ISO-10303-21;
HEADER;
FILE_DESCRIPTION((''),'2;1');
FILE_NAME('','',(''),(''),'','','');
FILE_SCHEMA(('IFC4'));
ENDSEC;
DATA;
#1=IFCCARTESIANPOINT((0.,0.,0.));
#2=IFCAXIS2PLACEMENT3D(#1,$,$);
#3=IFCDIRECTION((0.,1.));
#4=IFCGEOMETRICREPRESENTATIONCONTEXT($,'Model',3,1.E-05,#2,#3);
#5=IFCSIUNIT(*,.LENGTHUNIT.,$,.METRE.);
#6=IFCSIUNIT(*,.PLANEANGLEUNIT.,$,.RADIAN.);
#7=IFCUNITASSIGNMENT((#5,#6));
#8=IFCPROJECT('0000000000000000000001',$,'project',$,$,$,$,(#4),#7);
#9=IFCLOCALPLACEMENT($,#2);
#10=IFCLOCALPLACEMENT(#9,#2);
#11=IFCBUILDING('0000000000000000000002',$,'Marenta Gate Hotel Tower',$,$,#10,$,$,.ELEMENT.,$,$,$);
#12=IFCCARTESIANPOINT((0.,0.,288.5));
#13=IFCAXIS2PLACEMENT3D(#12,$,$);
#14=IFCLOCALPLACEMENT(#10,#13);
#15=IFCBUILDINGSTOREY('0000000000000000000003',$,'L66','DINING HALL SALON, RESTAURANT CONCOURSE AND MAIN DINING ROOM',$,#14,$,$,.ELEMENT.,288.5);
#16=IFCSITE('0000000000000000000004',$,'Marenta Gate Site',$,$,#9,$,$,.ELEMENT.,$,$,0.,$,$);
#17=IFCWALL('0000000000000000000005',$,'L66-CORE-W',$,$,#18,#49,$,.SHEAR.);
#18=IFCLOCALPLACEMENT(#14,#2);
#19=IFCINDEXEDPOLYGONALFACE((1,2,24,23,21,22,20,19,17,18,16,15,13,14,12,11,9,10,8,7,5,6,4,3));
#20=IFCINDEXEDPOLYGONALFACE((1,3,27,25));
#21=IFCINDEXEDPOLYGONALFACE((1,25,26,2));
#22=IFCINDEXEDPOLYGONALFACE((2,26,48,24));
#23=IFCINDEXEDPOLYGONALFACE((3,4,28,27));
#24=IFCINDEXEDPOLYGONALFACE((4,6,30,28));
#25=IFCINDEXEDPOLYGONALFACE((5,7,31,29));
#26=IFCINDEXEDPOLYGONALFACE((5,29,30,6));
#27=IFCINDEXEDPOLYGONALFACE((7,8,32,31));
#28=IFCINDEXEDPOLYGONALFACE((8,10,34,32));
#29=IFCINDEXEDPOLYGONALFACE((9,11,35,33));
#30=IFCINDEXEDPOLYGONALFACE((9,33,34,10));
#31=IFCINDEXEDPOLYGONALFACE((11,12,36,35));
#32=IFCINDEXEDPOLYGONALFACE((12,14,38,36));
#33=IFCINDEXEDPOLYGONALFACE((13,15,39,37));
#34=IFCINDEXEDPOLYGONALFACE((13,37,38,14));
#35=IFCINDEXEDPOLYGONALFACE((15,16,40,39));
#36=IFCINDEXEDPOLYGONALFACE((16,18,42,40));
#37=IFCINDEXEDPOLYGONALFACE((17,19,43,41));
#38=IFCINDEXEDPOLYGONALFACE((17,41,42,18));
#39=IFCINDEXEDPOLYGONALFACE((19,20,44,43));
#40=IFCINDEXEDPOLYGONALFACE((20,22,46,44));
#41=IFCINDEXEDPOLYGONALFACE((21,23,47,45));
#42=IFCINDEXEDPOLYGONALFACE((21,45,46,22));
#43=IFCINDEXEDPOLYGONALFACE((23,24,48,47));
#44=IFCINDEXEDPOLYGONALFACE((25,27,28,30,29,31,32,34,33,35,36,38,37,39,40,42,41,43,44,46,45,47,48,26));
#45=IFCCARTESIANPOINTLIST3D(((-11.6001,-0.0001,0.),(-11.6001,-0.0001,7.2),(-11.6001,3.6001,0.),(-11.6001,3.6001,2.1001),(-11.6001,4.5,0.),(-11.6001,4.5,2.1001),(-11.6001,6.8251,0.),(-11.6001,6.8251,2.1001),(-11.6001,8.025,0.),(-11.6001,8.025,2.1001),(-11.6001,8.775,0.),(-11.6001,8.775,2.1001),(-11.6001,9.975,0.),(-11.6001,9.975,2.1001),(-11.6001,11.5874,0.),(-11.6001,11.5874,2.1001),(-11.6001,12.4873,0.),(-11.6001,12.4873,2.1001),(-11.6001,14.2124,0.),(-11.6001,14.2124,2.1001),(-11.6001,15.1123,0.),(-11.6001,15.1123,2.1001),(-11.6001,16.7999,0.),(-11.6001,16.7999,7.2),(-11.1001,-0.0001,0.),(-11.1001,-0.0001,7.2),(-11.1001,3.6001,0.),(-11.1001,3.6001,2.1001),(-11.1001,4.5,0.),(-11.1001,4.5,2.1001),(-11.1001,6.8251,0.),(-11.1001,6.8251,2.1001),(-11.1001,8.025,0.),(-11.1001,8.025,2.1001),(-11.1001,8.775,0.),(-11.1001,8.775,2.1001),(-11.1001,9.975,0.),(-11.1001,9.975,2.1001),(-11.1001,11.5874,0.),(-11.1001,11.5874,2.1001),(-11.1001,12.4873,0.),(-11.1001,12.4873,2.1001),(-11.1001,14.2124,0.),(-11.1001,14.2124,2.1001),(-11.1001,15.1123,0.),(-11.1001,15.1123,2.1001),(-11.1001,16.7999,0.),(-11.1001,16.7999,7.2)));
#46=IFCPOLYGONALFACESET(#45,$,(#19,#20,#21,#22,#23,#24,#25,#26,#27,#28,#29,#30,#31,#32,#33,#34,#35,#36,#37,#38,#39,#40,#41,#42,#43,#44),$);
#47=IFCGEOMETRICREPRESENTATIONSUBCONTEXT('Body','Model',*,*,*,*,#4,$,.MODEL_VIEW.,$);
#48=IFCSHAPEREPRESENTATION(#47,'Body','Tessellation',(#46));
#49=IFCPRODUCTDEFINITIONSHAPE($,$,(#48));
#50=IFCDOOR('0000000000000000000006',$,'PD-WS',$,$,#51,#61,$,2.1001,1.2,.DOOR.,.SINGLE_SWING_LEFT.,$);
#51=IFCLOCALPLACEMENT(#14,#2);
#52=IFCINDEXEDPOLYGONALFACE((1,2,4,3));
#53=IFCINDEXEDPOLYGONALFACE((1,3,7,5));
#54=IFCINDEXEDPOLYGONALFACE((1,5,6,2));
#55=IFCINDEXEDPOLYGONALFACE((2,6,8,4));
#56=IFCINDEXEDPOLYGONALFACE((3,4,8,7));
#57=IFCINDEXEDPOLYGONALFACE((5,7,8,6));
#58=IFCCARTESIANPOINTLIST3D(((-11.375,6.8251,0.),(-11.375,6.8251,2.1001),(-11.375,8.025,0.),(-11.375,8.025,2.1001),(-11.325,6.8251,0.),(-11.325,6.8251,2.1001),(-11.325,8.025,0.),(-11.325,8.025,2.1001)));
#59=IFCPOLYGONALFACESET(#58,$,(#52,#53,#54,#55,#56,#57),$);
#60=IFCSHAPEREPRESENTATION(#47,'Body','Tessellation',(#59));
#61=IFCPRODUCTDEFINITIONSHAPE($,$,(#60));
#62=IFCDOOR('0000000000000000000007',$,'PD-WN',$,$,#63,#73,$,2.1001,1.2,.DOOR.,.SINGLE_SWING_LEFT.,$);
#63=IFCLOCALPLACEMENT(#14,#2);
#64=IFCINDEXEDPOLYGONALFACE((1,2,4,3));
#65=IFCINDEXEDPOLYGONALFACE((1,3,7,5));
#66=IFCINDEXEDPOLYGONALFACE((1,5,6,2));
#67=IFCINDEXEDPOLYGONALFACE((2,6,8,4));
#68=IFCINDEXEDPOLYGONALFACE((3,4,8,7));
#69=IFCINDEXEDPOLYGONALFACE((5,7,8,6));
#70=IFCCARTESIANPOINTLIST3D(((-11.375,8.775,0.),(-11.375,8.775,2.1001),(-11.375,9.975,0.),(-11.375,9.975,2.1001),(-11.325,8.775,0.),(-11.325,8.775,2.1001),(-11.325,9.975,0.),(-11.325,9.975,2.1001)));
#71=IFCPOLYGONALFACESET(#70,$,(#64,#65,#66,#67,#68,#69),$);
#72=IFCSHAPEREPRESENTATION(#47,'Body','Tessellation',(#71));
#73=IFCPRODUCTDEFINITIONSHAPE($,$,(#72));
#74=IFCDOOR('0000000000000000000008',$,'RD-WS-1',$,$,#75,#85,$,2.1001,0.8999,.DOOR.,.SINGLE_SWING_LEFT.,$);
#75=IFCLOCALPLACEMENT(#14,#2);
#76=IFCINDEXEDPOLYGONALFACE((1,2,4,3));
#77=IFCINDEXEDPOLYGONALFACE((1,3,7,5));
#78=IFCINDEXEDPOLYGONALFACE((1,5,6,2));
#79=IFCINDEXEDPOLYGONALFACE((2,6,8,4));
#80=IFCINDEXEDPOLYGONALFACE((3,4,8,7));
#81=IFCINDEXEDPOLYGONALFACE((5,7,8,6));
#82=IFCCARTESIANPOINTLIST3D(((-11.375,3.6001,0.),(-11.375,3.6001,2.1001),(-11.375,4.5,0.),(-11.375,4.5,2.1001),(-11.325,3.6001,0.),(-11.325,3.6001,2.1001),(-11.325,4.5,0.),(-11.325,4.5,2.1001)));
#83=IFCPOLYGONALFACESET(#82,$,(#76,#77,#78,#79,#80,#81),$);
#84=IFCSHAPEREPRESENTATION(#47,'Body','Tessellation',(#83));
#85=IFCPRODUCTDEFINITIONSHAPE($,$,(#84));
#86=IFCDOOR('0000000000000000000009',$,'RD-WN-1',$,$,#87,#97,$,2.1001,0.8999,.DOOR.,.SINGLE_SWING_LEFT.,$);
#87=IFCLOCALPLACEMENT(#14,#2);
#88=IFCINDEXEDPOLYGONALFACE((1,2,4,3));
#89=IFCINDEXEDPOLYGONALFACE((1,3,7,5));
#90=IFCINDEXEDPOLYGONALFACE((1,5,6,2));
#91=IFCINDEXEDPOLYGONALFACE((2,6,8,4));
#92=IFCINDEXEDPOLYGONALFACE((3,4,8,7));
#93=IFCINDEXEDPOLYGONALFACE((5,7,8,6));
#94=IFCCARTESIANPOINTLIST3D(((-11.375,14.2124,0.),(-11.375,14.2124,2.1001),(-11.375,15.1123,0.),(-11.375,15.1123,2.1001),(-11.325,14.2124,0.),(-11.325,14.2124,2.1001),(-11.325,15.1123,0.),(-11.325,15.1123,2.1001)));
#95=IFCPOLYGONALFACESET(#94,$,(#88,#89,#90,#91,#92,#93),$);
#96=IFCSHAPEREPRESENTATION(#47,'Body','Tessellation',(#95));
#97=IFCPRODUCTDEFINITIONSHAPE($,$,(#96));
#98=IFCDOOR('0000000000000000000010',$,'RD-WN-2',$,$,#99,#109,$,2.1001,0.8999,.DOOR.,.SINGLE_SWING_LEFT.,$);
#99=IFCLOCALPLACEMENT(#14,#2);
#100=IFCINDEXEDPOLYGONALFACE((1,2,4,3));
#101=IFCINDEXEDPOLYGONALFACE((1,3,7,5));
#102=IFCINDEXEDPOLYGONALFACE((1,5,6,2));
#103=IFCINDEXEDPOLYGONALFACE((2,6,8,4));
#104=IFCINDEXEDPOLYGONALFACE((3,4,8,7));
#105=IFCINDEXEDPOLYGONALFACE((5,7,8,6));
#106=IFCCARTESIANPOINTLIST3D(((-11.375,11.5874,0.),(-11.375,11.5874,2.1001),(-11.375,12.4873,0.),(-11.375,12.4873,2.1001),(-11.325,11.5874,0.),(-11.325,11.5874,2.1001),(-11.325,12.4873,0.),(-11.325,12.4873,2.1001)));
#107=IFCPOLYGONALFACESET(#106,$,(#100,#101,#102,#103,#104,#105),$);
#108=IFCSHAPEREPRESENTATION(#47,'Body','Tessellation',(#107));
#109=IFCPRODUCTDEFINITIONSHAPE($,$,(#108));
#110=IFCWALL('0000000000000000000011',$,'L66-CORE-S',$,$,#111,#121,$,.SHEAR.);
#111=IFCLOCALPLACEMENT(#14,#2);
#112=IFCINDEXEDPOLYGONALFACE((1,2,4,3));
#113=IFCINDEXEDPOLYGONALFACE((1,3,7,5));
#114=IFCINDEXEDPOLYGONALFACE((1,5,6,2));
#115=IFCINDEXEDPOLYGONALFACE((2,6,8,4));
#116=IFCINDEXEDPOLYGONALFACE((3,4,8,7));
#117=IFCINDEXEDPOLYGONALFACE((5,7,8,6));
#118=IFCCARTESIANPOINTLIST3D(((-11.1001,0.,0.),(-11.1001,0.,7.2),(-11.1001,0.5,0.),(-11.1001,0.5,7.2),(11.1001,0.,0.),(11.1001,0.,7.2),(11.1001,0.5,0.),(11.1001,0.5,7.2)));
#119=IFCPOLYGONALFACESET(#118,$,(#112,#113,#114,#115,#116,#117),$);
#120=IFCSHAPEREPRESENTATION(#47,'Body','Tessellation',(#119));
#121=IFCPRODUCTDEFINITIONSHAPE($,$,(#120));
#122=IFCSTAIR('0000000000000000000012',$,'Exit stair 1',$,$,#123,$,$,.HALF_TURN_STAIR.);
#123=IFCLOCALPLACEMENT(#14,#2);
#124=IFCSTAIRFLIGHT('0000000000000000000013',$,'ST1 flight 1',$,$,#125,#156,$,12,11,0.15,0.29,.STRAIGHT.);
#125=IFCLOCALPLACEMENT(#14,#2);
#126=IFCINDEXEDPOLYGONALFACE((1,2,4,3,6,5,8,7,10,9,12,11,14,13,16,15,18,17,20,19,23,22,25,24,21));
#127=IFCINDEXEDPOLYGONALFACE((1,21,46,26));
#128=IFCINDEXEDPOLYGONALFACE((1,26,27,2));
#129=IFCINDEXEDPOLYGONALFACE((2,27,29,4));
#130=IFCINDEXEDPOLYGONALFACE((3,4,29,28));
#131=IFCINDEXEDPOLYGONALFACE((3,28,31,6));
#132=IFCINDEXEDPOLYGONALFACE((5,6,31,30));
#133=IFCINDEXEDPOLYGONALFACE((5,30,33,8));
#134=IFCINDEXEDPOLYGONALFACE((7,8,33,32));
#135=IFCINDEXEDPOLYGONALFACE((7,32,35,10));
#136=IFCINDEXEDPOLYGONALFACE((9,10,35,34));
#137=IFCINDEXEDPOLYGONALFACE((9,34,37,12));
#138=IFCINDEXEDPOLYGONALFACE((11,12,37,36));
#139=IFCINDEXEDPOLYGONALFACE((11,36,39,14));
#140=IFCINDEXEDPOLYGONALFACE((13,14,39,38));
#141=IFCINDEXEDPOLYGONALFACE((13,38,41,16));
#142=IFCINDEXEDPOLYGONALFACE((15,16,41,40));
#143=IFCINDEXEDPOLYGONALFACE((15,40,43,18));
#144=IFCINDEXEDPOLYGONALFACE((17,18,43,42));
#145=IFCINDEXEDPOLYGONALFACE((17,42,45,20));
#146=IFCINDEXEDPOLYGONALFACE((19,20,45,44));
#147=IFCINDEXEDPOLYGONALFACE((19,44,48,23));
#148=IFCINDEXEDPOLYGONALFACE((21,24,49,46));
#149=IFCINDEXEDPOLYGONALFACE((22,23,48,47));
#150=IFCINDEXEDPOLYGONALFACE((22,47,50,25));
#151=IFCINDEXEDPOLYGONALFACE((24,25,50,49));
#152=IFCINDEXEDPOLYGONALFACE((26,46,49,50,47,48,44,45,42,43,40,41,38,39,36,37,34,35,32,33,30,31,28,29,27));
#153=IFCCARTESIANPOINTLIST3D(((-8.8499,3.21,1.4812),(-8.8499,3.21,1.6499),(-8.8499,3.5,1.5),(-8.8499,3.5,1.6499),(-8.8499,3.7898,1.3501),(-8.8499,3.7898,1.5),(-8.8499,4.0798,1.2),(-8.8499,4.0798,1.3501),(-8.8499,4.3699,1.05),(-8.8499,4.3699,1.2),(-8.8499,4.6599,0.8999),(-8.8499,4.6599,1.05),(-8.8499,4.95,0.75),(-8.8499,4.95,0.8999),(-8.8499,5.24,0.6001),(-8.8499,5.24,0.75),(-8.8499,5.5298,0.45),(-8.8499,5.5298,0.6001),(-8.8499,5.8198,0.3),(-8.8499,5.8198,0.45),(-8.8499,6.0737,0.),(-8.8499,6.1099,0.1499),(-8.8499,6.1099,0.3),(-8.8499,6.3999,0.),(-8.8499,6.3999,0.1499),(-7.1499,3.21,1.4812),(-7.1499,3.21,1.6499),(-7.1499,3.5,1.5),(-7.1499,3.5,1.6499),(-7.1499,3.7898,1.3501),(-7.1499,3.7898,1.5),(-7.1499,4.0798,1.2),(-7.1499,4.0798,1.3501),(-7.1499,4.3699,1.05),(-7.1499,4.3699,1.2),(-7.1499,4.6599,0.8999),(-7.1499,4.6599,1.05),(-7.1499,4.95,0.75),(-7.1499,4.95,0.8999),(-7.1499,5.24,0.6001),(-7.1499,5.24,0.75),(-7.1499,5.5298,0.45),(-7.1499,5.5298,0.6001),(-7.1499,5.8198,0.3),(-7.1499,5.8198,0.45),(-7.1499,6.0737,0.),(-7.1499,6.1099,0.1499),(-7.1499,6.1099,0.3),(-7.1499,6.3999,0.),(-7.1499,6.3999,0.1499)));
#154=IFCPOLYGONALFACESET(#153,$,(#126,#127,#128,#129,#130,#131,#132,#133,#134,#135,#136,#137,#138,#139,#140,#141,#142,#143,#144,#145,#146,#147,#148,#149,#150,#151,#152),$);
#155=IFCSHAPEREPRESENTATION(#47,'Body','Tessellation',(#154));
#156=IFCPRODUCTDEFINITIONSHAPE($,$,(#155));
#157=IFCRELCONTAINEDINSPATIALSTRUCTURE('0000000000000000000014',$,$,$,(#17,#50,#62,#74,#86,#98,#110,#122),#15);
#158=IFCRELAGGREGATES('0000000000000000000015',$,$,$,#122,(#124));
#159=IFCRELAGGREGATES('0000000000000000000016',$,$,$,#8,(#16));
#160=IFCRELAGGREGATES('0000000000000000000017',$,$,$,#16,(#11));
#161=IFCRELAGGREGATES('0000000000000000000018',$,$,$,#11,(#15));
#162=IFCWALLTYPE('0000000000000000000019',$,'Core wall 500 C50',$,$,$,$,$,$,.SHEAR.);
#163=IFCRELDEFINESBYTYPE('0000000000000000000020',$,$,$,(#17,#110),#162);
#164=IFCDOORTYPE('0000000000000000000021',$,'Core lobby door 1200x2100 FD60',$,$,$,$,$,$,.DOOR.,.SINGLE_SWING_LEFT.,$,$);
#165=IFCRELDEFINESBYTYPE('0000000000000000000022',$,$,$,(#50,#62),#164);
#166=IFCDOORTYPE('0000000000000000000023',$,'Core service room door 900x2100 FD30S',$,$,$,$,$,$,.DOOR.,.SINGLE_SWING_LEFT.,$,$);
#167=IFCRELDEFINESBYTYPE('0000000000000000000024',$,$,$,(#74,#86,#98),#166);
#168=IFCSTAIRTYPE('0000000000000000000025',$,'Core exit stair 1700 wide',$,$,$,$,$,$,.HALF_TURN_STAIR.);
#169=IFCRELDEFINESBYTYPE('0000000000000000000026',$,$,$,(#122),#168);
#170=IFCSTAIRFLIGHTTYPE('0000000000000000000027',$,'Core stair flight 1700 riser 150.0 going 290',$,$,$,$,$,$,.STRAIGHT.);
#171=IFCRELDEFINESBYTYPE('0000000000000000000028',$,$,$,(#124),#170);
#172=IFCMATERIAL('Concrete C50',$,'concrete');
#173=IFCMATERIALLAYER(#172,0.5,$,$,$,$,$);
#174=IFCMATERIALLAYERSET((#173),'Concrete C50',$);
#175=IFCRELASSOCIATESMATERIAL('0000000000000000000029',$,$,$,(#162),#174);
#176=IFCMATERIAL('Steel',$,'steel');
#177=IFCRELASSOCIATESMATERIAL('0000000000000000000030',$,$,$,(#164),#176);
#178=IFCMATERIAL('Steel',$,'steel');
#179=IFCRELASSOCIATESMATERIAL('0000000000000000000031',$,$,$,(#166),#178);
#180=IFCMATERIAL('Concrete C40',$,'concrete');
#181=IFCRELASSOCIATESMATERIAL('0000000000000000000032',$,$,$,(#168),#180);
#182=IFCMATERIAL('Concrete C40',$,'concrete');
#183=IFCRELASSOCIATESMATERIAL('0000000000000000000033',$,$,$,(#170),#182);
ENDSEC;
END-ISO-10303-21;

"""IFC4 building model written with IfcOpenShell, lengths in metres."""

from ifc_helpers import new_model, si_unit, direction, frame, frame_2d, origin, place, context, subcontext, project, spatial, polyline, rectangle, outline, extrude, material, layer, layer_set, type_object, element, fill, aggregate, save


model = new_model("IFC4")

# Units and contexts
model_context = context("Model", 3, precision=1e-05, world=origin(), true_north=direction((0.0, 1.0)))
body_context = subcontext(model_context, "Body", "Model", "MODEL_VIEW")
ifc_project = project(units=[si_unit("LENGTHUNIT", "METRE"), si_unit("PLANEANGLEUNIT", "RADIAN")], contexts=[model_context])

# Site, building, storey
site_placement = place(None, origin())
site = spatial("IfcSite", under=ifc_project, at=site_placement, Name="Marenta Gate Site", CompositionType="ELEMENT", RefElevation=0.0)
building_placement = place(site_placement, origin())
building = spatial("IfcBuilding", under=site, at=building_placement, Name="Marenta Gate Hotel Tower", CompositionType="ELEMENT")
storey_placement = place(building_placement, frame((0.0, 0.0, 288.5)))
storey = spatial("IfcBuildingStorey", under=building, at=storey_placement, Name="L66", Description="DINING HALL SALON, RESTAURANT CONCOURSE AND MAIN DINING ROOM", CompositionType="ELEMENT", Elevation=288.5)

# Wall, openings, doors
ifc_material_1 = material(Name="Concrete C50", Category="concrete")
ifc_layer_1 = layer(ifc_material_1, 0.5)
ifc_layer_set_1 = layer_set([ifc_layer_1], Name="Concrete C50")
wall_type_1 = type_object("IfcWallType", Name="Core wall 500 C50", PredefinedType="SHEAR", material=ifc_layer_set_1)
wall_1_placement = place(storey_placement, frame((-11.3501, 0.0, 0.0), z_axis=(0.0, 0.0, 1.0), x_axis=(0.0, 1.0, 0.0)))
wall_1 = element("IfcWall", 1, at=wall_1_placement, inside=storey, type_object=wall_type_1, Name="L66-CORE-W", PredefinedType="SHEAR", context=body_context, shape_type="SweptSolid", body=[
    extrude(rectangle(XDim=16.8, YDim=0.5, at=frame_2d((8.3999, 0.0))), origin(), (0.0, 0.0, 1.0), 7.2),
])
opening_1_placement = place(wall_1_placement, frame((3.6001, 0.0, 0.0)))
opening_1 = element("IfcOpeningElement", 2, at=opening_1_placement, cuts=wall_1, PredefinedType="OPENING", context=body_context, shape_type="SweptSolid", body=[
    extrude(rectangle(XDim=0.8999, YDim=2.1001, at=frame_2d((0.45, 1.05))), frame((0.0, 0.25, 0.0), z_axis=(0.0, -1.0, 0.0), x_axis=(1.0, 0.0, 0.0)), (0.0, 0.0, 1.0), 0.5),
])
opening_2_placement = place(wall_1_placement, frame((6.825, 0.0, 0.0)))
opening_2 = element("IfcOpeningElement", 3, at=opening_2_placement, cuts=wall_1, PredefinedType="OPENING", context=body_context, shape_type="SweptSolid", body=[
    extrude(rectangle(XDim=1.2, YDim=2.1001, at=frame_2d((0.6001, 1.05))), frame((0.0, 0.25, 0.0), z_axis=(0.0, -1.0, 0.0), x_axis=(1.0, 0.0, 0.0)), (0.0, 0.0, 1.0), 0.5),
])
opening_3_placement = place(wall_1_placement, frame((14.2124, 0.0, 0.0)))
opening_3 = element("IfcOpeningElement", 4, at=opening_3_placement, cuts=wall_1, PredefinedType="OPENING", context=body_context, shape_type="SweptSolid", body=[
    extrude(rectangle(XDim=0.8999, YDim=2.1001, at=frame_2d((0.45, 1.05))), frame((0.0, 0.25, 0.0), z_axis=(0.0, -1.0, 0.0), x_axis=(1.0, 0.0, 0.0)), (0.0, 0.0, 1.0), 0.5),
])
opening_4_placement = place(wall_1_placement, frame((11.5874, 0.0, 0.0)))
opening_4 = element("IfcOpeningElement", 5, at=opening_4_placement, cuts=wall_1, PredefinedType="OPENING", context=body_context, shape_type="SweptSolid", body=[
    extrude(rectangle(XDim=0.8999, YDim=2.1001, at=frame_2d((0.45, 1.05))), frame((0.0, 0.25, 0.0), z_axis=(0.0, -1.0, 0.0), x_axis=(1.0, 0.0, 0.0)), (0.0, 0.0, 1.0), 0.5),
])
opening_5_placement = place(wall_1_placement, frame((8.7749, 0.0, 0.0)))
opening_5 = element("IfcOpeningElement", 6, at=opening_5_placement, cuts=wall_1, PredefinedType="OPENING", context=body_context, shape_type="SweptSolid", body=[
    extrude(rectangle(XDim=1.2, YDim=2.1001, at=frame_2d((0.6001, 1.05))), frame((0.0, 0.25, 0.0), z_axis=(0.0, -1.0, 0.0), x_axis=(1.0, 0.0, 0.0)), (0.0, 0.0, 1.0), 0.5),
])
ifc_material_2 = material(Name="Steel", Category="steel")
door_type_1 = type_object("IfcDoorType", Name="Core lobby door 1200x2100 FD60", OperationType="SINGLE_SWING_LEFT", PredefinedType="DOOR", material=ifc_material_2)
door_1_placement = place(opening_2_placement, origin())
door_1 = element("IfcDoor", 7, at=door_1_placement, inside=storey, type_object=door_type_1, Name="PD-WS", OperationType="SINGLE_SWING_LEFT", OverallHeight=2.1001, OverallWidth=1.2, PredefinedType="DOOR", context=body_context, shape_type="SweptSolid", body=[
    extrude(rectangle(XDim=1.2, YDim=2.1001, at=frame_2d((0.6001, 1.05))), frame((0.0, 0.0249, 0.0), z_axis=(0.0, -1.0, 0.0), x_axis=(1.0, 0.0, 0.0)), (0.0, 0.0, 1.0), 0.05),
])
fill(opening_2, door_1)
door_2_placement = place(opening_5_placement, origin())
door_2 = element("IfcDoor", 8, at=door_2_placement, inside=storey, type_object=door_type_1, Name="PD-WN", OperationType="SINGLE_SWING_LEFT", OverallHeight=2.1001, OverallWidth=1.2, PredefinedType="DOOR", context=body_context, shape_type="SweptSolid", body=[
    extrude(rectangle(XDim=1.2, YDim=2.1001, at=frame_2d((0.6001, 1.05))), frame((0.0, 0.0249, 0.0), z_axis=(0.0, -1.0, 0.0), x_axis=(1.0, 0.0, 0.0)), (0.0, 0.0, 1.0), 0.05),
])
fill(opening_5, door_2)
ifc_material_3 = material(Name="Steel", Category="steel")
door_type_2 = type_object("IfcDoorType", Name="Core service room door 900x2100 FD30S", OperationType="SINGLE_SWING_LEFT", PredefinedType="DOOR", material=ifc_material_3)
door_3_placement = place(opening_1_placement, origin())
door_3 = element("IfcDoor", 9, at=door_3_placement, inside=storey, type_object=door_type_2, Name="RD-WS-1", OperationType="SINGLE_SWING_LEFT", OverallHeight=2.1001, OverallWidth=0.8999, PredefinedType="DOOR", context=body_context, shape_type="SweptSolid", body=[
    extrude(rectangle(XDim=0.8999, YDim=2.1001, at=frame_2d((0.45, 1.05))), frame((0.0, 0.0249, 0.0), z_axis=(0.0, -1.0, 0.0), x_axis=(1.0, 0.0, 0.0)), (0.0, 0.0, 1.0), 0.05),
])
fill(opening_1, door_3)
door_4_placement = place(opening_3_placement, origin())
door_4 = element("IfcDoor", 10, at=door_4_placement, inside=storey, type_object=door_type_2, Name="RD-WN-1", OperationType="SINGLE_SWING_LEFT", OverallHeight=2.1001, OverallWidth=0.8999, PredefinedType="DOOR", context=body_context, shape_type="SweptSolid", body=[
    extrude(rectangle(XDim=0.8999, YDim=2.1001, at=frame_2d((0.45, 1.05))), frame((0.0, 0.0249, 0.0), z_axis=(0.0, -1.0, 0.0), x_axis=(1.0, 0.0, 0.0)), (0.0, 0.0, 1.0), 0.05),
])
fill(opening_3, door_4)
door_5_placement = place(opening_4_placement, origin())
door_5 = element("IfcDoor", 11, at=door_5_placement, inside=storey, type_object=door_type_2, Name="RD-WN-2", OperationType="SINGLE_SWING_LEFT", OverallHeight=2.1001, OverallWidth=0.8999, PredefinedType="DOOR", context=body_context, shape_type="SweptSolid", body=[
    extrude(rectangle(XDim=0.8999, YDim=2.1001, at=frame_2d((0.45, 1.05))), frame((0.0, 0.0249, 0.0), z_axis=(0.0, -1.0, 0.0), x_axis=(1.0, 0.0, 0.0)), (0.0, 0.0, 1.0), 0.05),
])
fill(opening_4, door_5)

# Wall
wall_2_placement = place(storey_placement, frame((-11.1001, 0.25, 0.0), z_axis=(0.0, 0.0, 1.0), x_axis=(1.0, 0.0, 0.0)))
element("IfcWall", 12, at=wall_2_placement, inside=storey, type_object=wall_type_1, Name="L66-CORE-S", PredefinedType="SHEAR", context=body_context, shape_type="SweptSolid", body=[
    extrude(rectangle(XDim=22.2002, YDim=0.5, at=frame_2d((11.1001, 0.0))), origin(), (0.0, 0.0, 1.0), 7.2),
])

# Stair, stair flight
ifc_material_4 = material(Name="Concrete C40", Category="concrete")
stair_type = type_object("IfcStairType", Name="Core exit stair 1700 wide", PredefinedType="HALF_TURN_STAIR", material=ifc_material_4)
stair_placement = place(storey_placement, origin())
stair = element("IfcStair", 13, at=stair_placement, inside=storey, type_object=stair_type, Name="Exit stair 1", PredefinedType="HALF_TURN_STAIR")
ifc_material_5 = material(Name="Concrete C40", Category="concrete")
stair_flight_type = type_object("IfcStairFlightType", Name="Core stair flight 1700 riser 150.0 going 290", PredefinedType="STRAIGHT", material=ifc_material_5)
stair_flight_1_placement = place(storey_placement, frame((-8.0, 6.3999, 0.0), z_axis=(0.0, 0.0, 1.0), x_axis=(0.0, -1.0, 0.0)))
stair_flight_1 = element("IfcStairFlight", 14, at=stair_flight_1_placement, type_object=stair_flight_type, Name="ST1 flight 1", NumberOfRisers=12, NumberOfTreads=11, PredefinedType="STRAIGHT", RiserHeight=0.15, TreadLength=0.29, context=body_context, shape_type="SweptSolid", body=[
    extrude(outline(polyline([(0.0, 0.0), (0.0, 0.1499), (0.29, 0.1499), (0.29, 0.3), (0.5801, 0.3), (0.5801, 0.45), (0.8701, 0.45), (0.8701, 0.6001), (1.1599, 0.6001), (1.1599, 0.75), (1.45, 0.75), (1.45, 0.8999), (1.74, 0.8999), (1.74, 1.05), (2.03, 1.05), (2.03, 1.2), (2.3201, 1.2), (2.3201, 1.3501), (2.6101, 1.3501), (2.6101, 1.5), (2.8999, 1.5), (2.8999, 1.6499), (3.1899, 1.6499), (3.1899, 1.8), (3.1899, 1.4812), (0.3262, 0.0), (0.0, 0.0)])), frame((0.0, 0.8501, 0.0), z_axis=(0.0, -1.0, 0.0), x_axis=(1.0, 0.0, 0.0)), (0.0, 0.0, 1.0), 1.7),
])
aggregate(stair, [stair_flight_1])

save(model, "model.ifc")
